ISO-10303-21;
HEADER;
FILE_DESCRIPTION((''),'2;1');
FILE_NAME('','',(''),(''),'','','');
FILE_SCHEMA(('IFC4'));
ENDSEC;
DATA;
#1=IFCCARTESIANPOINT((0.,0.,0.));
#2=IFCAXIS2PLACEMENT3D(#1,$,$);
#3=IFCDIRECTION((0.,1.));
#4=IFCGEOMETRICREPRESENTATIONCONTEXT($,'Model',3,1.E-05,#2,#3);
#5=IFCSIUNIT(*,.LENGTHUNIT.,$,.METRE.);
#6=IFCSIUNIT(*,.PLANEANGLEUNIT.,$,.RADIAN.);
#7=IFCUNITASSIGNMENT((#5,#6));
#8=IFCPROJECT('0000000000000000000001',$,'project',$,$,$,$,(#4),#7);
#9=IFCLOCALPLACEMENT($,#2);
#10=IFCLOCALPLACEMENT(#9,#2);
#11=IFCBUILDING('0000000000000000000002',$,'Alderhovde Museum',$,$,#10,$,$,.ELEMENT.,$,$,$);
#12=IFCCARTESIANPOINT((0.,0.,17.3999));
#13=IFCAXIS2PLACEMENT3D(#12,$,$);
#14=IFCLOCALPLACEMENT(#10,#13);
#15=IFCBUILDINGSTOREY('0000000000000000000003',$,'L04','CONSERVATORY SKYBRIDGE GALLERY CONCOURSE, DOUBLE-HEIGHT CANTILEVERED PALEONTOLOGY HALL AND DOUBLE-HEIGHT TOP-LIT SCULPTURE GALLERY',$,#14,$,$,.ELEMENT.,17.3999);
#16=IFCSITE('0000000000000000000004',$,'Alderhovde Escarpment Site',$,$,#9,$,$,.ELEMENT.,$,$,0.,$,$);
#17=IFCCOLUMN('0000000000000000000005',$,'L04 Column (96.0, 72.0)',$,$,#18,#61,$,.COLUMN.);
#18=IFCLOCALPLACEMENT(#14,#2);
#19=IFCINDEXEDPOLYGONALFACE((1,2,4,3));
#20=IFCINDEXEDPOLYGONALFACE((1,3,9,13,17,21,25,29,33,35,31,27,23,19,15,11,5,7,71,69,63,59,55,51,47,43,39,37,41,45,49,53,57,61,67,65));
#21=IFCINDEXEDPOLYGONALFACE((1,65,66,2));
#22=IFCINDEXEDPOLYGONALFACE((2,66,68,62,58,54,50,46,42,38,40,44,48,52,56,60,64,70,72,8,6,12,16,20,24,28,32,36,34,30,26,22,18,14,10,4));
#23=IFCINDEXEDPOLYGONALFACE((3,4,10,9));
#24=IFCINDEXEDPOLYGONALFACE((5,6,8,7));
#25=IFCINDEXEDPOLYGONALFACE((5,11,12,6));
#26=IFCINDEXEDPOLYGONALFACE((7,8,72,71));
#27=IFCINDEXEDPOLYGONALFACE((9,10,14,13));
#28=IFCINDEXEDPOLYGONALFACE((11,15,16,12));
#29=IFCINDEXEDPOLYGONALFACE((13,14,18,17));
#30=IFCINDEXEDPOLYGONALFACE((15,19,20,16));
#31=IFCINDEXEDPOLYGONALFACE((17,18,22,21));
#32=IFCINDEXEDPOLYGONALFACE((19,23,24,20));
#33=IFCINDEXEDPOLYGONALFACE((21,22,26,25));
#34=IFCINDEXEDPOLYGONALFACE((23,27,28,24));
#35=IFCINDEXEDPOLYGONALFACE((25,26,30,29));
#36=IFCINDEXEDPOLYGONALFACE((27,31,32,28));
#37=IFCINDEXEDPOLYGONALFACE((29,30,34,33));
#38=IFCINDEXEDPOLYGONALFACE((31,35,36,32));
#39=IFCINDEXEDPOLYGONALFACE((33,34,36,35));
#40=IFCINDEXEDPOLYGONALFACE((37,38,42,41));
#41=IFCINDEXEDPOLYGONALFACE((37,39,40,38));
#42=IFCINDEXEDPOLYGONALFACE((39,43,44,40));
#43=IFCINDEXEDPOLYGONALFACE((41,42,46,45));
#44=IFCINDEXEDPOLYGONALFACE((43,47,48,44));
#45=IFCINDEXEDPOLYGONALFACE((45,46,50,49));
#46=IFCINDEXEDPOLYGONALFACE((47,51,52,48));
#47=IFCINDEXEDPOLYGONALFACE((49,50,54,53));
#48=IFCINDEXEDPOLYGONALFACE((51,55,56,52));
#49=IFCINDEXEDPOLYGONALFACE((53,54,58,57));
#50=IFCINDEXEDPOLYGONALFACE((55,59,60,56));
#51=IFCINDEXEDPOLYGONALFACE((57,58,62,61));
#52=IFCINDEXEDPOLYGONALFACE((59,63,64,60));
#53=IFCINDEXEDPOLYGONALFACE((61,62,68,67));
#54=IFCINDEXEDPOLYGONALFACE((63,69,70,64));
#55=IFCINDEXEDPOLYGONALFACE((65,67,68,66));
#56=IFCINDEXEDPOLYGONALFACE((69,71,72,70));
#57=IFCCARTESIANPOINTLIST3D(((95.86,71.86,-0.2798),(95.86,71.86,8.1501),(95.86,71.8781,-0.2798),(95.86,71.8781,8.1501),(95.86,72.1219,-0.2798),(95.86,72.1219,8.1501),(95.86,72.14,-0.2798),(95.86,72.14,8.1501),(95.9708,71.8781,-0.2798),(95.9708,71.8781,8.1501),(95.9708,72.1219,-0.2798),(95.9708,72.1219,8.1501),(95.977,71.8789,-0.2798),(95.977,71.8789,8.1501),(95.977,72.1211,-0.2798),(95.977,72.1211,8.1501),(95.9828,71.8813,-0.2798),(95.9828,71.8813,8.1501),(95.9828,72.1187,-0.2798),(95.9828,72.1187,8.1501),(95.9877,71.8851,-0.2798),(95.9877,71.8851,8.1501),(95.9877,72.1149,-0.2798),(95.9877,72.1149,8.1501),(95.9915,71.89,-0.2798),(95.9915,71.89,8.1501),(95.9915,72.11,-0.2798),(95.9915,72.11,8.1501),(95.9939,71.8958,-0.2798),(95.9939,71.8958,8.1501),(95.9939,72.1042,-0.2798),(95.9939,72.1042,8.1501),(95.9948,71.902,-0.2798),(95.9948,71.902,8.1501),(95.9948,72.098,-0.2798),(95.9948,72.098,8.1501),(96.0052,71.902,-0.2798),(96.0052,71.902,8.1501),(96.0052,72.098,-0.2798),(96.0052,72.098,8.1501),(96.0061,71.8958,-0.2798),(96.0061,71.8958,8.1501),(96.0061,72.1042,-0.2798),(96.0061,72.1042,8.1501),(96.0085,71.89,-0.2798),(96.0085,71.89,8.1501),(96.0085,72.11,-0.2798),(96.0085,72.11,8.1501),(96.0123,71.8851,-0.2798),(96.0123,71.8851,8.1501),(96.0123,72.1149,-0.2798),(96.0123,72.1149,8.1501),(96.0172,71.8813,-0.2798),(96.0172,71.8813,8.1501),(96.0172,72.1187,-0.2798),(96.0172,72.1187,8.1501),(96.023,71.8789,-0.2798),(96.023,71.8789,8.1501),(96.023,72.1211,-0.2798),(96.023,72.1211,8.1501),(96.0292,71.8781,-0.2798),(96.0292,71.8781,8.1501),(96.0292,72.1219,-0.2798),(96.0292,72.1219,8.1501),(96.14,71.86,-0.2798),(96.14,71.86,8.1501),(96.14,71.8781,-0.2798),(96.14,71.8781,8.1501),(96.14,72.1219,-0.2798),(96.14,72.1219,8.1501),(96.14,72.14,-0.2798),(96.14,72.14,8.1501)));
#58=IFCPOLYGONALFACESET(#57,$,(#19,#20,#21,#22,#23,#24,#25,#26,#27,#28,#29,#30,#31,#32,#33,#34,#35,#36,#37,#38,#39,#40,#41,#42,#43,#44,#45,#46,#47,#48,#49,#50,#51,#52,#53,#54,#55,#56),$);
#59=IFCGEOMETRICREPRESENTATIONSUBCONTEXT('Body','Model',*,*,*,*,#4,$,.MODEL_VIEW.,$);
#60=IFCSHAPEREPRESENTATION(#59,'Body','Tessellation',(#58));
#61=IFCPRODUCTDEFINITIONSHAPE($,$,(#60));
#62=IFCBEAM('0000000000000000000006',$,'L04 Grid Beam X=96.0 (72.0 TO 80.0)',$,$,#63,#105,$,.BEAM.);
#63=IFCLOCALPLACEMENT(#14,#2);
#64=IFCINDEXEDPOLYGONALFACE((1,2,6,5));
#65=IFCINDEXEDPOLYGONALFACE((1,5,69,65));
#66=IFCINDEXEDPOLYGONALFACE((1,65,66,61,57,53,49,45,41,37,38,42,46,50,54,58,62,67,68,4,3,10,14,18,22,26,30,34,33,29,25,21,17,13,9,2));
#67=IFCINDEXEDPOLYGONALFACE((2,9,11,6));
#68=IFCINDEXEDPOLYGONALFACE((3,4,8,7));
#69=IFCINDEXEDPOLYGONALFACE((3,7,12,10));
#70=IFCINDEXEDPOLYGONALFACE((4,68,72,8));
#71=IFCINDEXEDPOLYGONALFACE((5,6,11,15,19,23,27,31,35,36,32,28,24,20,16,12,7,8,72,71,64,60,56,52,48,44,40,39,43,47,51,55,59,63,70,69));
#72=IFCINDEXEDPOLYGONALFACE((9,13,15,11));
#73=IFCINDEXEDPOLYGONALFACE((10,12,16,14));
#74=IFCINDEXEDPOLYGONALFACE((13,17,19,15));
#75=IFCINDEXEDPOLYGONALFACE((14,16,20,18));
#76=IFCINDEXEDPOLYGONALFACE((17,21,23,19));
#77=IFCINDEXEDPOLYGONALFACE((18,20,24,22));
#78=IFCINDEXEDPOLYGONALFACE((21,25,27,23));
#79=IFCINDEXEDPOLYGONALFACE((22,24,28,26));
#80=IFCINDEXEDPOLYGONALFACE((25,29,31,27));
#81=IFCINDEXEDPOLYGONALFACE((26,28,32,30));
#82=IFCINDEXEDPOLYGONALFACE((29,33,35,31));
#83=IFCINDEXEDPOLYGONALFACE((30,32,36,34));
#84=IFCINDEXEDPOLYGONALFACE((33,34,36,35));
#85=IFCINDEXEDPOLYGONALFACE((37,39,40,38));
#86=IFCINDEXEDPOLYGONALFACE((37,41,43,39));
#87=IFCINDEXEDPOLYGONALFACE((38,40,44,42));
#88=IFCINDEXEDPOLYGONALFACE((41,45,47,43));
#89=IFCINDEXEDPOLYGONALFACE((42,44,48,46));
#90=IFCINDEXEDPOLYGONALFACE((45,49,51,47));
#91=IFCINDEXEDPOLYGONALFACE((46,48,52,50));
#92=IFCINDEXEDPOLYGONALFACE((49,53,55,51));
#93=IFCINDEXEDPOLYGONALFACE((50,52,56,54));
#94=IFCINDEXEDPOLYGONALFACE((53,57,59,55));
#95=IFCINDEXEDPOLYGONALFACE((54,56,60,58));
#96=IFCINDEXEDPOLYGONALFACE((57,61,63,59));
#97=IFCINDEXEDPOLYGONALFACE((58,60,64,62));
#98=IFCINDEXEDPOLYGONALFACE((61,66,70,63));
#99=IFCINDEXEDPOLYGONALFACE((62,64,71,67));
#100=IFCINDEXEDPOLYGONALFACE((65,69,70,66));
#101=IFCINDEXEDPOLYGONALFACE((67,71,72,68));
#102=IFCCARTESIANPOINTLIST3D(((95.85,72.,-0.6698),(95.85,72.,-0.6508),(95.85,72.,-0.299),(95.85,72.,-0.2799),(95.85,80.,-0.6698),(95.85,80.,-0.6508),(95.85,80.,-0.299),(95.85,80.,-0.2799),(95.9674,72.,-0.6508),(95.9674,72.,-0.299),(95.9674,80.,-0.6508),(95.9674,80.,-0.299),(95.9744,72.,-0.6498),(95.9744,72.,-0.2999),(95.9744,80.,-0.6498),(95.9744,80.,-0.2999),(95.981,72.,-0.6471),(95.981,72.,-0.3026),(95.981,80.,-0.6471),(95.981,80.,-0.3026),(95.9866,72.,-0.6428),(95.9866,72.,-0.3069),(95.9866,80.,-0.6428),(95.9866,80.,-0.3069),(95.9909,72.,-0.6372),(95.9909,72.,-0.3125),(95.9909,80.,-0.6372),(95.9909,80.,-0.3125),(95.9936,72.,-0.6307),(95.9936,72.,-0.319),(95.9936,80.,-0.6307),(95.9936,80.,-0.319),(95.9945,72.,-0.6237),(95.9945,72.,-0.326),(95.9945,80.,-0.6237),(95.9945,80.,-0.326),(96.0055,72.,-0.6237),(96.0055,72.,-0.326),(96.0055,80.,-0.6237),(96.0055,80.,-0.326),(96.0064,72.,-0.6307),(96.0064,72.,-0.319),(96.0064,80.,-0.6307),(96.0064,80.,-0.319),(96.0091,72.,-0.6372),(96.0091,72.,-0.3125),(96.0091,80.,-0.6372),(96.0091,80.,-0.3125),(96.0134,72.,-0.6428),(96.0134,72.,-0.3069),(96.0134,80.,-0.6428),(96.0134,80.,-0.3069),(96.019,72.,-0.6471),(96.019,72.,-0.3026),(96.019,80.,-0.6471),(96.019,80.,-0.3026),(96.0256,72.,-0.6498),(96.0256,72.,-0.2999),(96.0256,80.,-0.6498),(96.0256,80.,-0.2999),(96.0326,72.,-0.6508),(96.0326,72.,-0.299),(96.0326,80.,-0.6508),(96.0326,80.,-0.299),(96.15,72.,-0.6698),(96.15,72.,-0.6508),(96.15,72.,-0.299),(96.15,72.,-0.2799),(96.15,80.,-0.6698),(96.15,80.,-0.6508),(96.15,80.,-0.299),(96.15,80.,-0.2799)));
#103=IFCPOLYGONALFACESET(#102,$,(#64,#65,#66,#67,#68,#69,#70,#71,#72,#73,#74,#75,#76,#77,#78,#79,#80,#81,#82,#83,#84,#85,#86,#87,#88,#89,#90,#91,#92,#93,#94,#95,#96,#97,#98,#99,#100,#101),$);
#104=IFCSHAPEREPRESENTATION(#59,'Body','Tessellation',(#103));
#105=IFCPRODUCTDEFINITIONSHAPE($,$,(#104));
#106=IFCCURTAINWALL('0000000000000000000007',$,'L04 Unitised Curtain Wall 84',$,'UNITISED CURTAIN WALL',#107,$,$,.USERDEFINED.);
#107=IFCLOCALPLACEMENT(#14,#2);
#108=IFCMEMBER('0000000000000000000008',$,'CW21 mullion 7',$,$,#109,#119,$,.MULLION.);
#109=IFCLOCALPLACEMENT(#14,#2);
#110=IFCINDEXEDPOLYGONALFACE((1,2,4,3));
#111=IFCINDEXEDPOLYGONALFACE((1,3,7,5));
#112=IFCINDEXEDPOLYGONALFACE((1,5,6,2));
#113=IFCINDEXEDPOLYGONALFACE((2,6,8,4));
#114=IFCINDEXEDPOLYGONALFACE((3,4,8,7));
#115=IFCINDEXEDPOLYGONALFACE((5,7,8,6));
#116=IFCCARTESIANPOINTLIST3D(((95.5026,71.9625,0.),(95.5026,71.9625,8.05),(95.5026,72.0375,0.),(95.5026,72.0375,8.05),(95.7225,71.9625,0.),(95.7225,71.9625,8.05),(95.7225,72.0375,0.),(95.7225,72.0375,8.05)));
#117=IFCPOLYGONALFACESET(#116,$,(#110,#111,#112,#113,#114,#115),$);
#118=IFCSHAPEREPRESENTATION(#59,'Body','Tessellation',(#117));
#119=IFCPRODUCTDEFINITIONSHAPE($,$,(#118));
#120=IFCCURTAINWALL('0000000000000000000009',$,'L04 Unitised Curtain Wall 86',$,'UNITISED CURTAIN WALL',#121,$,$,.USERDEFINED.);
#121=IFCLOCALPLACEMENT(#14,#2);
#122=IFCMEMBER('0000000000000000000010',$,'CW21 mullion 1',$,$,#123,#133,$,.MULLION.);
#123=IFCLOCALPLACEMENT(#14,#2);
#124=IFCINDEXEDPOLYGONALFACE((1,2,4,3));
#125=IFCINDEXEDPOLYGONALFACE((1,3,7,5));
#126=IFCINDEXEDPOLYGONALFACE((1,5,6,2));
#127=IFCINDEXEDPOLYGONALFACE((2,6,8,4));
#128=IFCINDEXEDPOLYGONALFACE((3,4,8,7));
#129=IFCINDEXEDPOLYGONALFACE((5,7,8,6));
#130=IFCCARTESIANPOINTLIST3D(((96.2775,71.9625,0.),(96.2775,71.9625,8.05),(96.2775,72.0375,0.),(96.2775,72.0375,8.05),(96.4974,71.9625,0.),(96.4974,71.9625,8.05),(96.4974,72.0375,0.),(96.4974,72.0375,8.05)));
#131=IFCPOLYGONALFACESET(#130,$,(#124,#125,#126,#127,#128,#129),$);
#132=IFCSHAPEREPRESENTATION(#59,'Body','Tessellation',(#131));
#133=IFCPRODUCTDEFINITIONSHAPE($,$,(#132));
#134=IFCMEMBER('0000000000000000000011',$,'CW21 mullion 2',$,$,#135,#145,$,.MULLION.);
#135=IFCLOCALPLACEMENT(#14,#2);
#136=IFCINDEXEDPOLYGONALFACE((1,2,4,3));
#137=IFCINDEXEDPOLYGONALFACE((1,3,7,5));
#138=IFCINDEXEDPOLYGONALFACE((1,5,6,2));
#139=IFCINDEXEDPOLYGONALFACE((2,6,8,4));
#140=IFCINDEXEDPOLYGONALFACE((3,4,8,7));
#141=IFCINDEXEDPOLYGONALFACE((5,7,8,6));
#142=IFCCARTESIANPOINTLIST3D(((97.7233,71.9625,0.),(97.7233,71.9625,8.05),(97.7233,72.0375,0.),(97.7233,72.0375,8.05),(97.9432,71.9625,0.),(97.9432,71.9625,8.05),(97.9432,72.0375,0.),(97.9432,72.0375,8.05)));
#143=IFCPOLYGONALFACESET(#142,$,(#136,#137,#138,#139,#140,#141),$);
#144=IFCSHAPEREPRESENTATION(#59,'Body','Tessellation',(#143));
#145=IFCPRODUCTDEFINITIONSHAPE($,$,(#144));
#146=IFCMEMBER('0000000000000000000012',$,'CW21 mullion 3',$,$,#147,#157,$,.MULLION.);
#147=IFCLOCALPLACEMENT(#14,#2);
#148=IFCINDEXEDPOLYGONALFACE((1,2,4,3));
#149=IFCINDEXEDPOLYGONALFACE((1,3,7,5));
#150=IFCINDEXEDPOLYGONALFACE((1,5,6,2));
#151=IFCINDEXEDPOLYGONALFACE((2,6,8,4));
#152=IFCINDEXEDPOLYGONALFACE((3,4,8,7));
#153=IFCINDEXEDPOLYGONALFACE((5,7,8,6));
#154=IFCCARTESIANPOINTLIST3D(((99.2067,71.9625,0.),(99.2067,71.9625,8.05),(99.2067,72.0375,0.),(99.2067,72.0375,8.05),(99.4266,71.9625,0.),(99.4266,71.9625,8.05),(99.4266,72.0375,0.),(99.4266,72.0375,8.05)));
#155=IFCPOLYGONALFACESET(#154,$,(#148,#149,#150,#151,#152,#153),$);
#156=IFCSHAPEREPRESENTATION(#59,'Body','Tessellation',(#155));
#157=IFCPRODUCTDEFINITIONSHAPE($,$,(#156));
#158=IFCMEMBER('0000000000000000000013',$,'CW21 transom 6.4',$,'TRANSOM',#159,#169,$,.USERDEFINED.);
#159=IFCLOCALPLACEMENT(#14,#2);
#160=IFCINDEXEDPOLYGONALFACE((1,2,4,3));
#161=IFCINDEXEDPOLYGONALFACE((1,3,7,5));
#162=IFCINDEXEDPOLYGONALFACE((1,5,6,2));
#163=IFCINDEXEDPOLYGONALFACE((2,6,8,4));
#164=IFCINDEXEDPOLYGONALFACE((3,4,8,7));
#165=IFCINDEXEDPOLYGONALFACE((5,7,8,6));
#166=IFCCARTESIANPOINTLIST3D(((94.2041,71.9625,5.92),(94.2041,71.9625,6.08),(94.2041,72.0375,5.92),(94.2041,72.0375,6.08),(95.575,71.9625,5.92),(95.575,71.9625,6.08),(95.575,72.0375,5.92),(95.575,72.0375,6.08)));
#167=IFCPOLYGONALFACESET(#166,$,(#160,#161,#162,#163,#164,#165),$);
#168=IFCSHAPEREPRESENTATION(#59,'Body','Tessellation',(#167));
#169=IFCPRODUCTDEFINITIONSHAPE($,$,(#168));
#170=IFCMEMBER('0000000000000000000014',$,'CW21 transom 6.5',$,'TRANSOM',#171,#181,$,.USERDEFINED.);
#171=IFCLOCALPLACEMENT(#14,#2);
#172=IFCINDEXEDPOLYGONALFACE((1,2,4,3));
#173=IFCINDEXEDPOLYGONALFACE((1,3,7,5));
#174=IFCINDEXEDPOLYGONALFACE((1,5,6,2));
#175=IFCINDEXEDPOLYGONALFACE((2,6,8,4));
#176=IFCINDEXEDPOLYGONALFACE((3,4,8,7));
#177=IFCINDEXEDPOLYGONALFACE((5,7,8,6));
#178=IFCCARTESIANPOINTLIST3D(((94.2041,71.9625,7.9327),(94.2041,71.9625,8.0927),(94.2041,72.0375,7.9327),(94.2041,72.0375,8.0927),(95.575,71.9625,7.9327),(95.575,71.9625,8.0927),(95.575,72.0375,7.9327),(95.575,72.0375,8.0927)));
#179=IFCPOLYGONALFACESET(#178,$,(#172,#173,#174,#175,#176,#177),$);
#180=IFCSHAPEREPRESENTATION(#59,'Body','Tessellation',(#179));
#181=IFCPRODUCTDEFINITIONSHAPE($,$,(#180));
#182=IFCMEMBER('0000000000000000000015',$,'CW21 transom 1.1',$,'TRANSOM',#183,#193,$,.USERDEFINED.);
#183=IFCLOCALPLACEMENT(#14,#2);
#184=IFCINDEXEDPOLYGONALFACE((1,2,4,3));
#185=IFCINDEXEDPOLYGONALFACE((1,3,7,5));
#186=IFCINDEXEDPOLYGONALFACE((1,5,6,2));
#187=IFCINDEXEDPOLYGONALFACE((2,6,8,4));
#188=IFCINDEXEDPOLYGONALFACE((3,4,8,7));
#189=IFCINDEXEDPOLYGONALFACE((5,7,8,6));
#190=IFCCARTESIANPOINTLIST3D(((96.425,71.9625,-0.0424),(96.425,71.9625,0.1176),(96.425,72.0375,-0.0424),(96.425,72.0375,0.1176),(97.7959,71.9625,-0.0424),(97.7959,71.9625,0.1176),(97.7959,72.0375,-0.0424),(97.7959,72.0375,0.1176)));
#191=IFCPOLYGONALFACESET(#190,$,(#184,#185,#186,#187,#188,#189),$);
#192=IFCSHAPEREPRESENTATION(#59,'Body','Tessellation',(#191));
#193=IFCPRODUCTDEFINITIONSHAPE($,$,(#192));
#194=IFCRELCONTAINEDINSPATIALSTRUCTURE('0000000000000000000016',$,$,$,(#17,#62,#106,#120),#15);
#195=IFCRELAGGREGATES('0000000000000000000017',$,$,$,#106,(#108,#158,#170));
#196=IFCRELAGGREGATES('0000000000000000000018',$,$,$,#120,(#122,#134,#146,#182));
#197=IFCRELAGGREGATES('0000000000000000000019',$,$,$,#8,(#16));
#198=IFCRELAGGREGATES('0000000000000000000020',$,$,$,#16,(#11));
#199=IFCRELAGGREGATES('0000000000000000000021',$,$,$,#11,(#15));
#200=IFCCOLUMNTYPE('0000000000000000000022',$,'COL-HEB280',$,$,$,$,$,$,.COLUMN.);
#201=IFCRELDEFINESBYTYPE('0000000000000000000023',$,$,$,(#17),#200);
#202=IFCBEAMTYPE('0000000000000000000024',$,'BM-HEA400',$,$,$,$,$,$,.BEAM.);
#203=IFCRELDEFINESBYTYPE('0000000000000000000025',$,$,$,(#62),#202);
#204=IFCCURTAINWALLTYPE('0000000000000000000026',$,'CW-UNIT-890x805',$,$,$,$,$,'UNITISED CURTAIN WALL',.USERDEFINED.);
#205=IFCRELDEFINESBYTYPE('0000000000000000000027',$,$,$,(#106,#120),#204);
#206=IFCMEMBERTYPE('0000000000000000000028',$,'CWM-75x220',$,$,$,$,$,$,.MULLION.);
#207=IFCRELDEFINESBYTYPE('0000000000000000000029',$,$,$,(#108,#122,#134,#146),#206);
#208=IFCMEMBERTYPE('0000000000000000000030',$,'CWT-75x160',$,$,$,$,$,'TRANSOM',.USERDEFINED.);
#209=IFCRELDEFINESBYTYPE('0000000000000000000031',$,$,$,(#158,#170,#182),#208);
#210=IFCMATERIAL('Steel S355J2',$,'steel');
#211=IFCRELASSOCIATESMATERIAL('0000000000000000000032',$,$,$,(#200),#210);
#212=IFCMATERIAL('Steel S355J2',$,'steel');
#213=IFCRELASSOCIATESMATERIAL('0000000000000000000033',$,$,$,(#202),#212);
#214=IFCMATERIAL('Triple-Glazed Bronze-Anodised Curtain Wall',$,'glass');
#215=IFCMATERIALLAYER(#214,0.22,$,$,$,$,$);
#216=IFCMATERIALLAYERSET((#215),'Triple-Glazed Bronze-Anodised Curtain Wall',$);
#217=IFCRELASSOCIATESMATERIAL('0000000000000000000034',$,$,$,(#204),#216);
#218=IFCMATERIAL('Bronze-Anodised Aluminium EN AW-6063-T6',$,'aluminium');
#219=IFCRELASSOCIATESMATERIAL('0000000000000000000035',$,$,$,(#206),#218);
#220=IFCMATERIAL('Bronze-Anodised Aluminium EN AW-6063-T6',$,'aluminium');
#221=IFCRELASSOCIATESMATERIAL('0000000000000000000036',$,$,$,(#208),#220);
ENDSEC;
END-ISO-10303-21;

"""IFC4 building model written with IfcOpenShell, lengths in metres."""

from ifc_helpers import new_model, si_unit, direction, frame, origin, origin_2d, place, context, subcontext, project, spatial, rectangle, i_section, extrude, material, layer, layer_set, material_profile, profile_set, type_object, element, aggregate, save


model = new_model("IFC4")

# Units and contexts
model_context = context("Model", 3, precision=1e-05, world=origin(), true_north=direction((0.0, 1.0)))
body_context = subcontext(model_context, "Body", "Model", "MODEL_VIEW")
ifc_project = project(units=[si_unit("LENGTHUNIT", "METRE"), si_unit("PLANEANGLEUNIT", "RADIAN")], contexts=[model_context])

# Site, building, storey
site_placement = place(None, origin())
site = spatial("IfcSite", under=ifc_project, at=site_placement, Name="Alderhovde Escarpment Site", CompositionType="ELEMENT", RefElevation=0.0)
building_placement = place(site_placement, origin())
building = spatial("IfcBuilding", under=site, at=building_placement, Name="Alderhovde Museum", CompositionType="ELEMENT")
storey_placement = place(building_placement, frame((0.0, 0.0, 17.3999)))
storey = spatial("IfcBuildingStorey", under=building, at=storey_placement, Name="L04", Description="CONSERVATORY SKYBRIDGE GALLERY CONCOURSE, DOUBLE-HEIGHT CANTILEVERED PALEONTOLOGY HALL AND DOUBLE-HEIGHT TOP-LIT SCULPTURE GALLERY", CompositionType="ELEMENT", Elevation=17.3999)

# Column
ifc_material_1 = material(Name="Steel S355J2", Category="steel")
ifc_material_profile_1 = material_profile(ifc_material_1, i_section(OverallWidth=0.28, OverallDepth=0.28, WebThickness=0.0105, FlangeThickness=0.0181, FilletRadius=0.0239, at=origin_2d()), Name="HEB 280")
ifc_profile_set_1 = profile_set([ifc_material_profile_1], Name="Steel S355J2")
column_type = type_object("IfcColumnType", Name="COL-HEB280", PredefinedType="COLUMN", material=ifc_profile_set_1)
column_placement = place(storey_placement, frame((96.0, 72.0, -0.2798), z_axis=(0.0, 0.0, 1.0), x_axis=(1.0, 0.0, 0.0)))
element("IfcColumn", 1, at=column_placement, inside=storey, type_object=column_type, Name="L04 Column (96.0, 72.0)", PredefinedType="COLUMN", context=body_context, shape_type="SweptSolid", body=[
    extrude(i_section(OverallWidth=0.28, OverallDepth=0.28, WebThickness=0.0105, FlangeThickness=0.0181, FilletRadius=0.0239, at=origin_2d()), origin(), (0.0, 0.0, 1.0), 8.4299),
])

# Beam
ifc_material_2 = material(Name="Steel S355J2", Category="steel")
ifc_material_profile_2 = material_profile(ifc_material_2, i_section(OverallWidth=0.3, OverallDepth=0.3899, WebThickness=0.011, FlangeThickness=0.019, FilletRadius=0.0271, at=origin_2d()), Name="HEA 400")
ifc_profile_set_2 = profile_set([ifc_material_profile_2], Name="Steel S355J2")
beam_type_1 = type_object("IfcBeamType", Name="BM-HEA400", PredefinedType="BEAM", material=ifc_profile_set_2)
beam_1_placement = place(storey_placement, frame((96.0, 72.0, -0.4749), z_axis=(0.0, 1.0, 0.0), x_axis=(-1.0, 0.0, 0.0)))
element("IfcBeam", 2, at=beam_1_placement, inside=storey, type_object=beam_type_1, Name="L04 Grid Beam X=96.0 (72.0 TO 80.0)", PredefinedType="BEAM", context=body_context, shape_type="SweptSolid", body=[
    extrude(i_section(OverallWidth=0.3, OverallDepth=0.3899, WebThickness=0.011, FlangeThickness=0.019, FilletRadius=0.0271, at=origin_2d()), origin(), (0.0, 0.0, 1.0), 8.0),
])

# Curtain wall, member
ifc_material_3 = material(Name="Triple-Glazed Bronze-Anodised Curtain Wall", Category="glass")
ifc_layer_1 = layer(ifc_material_3, 0.22)
ifc_layer_set_1 = layer_set([ifc_layer_1], Name="Triple-Glazed Bronze-Anodised Curtain Wall")
curtain_wall_type = type_object("IfcCurtainWallType", Name="CW-UNIT-890x805", ElementType="UNITISED CURTAIN WALL", PredefinedType="USERDEFINED", material=ifc_layer_set_1)
curtain_wall_1_placement = place(storey_placement, origin())
curtain_wall_1 = element("IfcCurtainWall", 3, at=curtain_wall_1_placement, inside=storey, type_object=curtain_wall_type, Name="L04 Unitised Curtain Wall 84", ObjectType="UNITISED CURTAIN WALL", PredefinedType="USERDEFINED")
ifc_material_4 = material(Name="Bronze-Anodised Aluminium EN AW-6063-T6", Category="aluminium")
ifc_material_profile_3 = material_profile(ifc_material_4, rectangle(XDim=0.075, YDim=0.22, at=origin_2d()), Name="MULLION 75x220")
ifc_profile_set_3 = profile_set([ifc_material_profile_3], Name="Bronze-Anodised Aluminium EN AW-6063-T6")
member_type_1 = type_object("IfcMemberType", Name="CWM-75x220", PredefinedType="MULLION", material=ifc_profile_set_3)
member_1_placement = place(storey_placement, frame((95.6125, 72.0, 0.0), z_axis=(0.0, 0.0, 1.0), x_axis=(0.0, 1.0, 0.0)))
member_1 = element("IfcMember", 4, at=member_1_placement, type_object=member_type_1, Name="CW21 mullion 7", PredefinedType="MULLION", context=body_context, shape_type="SweptSolid", body=[
    extrude(rectangle(XDim=0.075, YDim=0.22, at=origin_2d()), origin(), (0.0, 0.0, 1.0), 8.05),
])

# Curtain wall, members
curtain_wall_2_placement = place(storey_placement, origin())
curtain_wall_2 = element("IfcCurtainWall", 5, at=curtain_wall_2_placement, inside=storey, type_object=curtain_wall_type, Name="L04 Unitised Curtain Wall 86", ObjectType="UNITISED CURTAIN WALL", PredefinedType="USERDEFINED")
member_2_placement = place(storey_placement, frame((96.3875, 72.0, 0.0), z_axis=(0.0, 0.0, 1.0), x_axis=(0.0, 1.0, 0.0)))
member_2 = element("IfcMember", 6, at=member_2_placement, type_object=member_type_1, Name="CW21 mullion 1", PredefinedType="MULLION", context=body_context, shape_type="SweptSolid", body=[
    extrude(rectangle(XDim=0.075, YDim=0.22, at=origin_2d()), origin(), (0.0, 0.0, 1.0), 8.05),
])
member_3_placement = place(storey_placement, frame((97.8333, 72.0, 0.0), z_axis=(0.0, 0.0, 1.0), x_axis=(0.0, 1.0, 0.0)))
member_3 = element("IfcMember", 7, at=member_3_placement, type_object=member_type_1, Name="CW21 mullion 2", PredefinedType="MULLION", context=body_context, shape_type="SweptSolid", body=[
    extrude(rectangle(XDim=0.075, YDim=0.22, at=origin_2d()), origin(), (0.0, 0.0, 1.0), 8.05),
])
member_4_placement = place(storey_placement, frame((99.3167, 72.0, 0.0), z_axis=(0.0, 0.0, 1.0), x_axis=(0.0, 1.0, 0.0)))
member_4 = element("IfcMember", 8, at=member_4_placement, type_object=member_type_1, Name="CW21 mullion 3", PredefinedType="MULLION", context=body_context, shape_type="SweptSolid", body=[
    extrude(rectangle(XDim=0.075, YDim=0.22, at=origin_2d()), origin(), (0.0, 0.0, 1.0), 8.05),
])

# Members
ifc_material_5 = material(Name="Bronze-Anodised Aluminium EN AW-6063-T6", Category="aluminium")
ifc_material_profile_4 = material_profile(ifc_material_5, rectangle(XDim=0.075, YDim=0.1599, at=origin_2d()), Name="TRANSOM 75x160")
ifc_profile_set_4 = profile_set([ifc_material_profile_4], Name="Bronze-Anodised Aluminium EN AW-6063-T6")
member_type_2 = type_object("IfcMemberType", Name="CWT-75x160", ElementType="TRANSOM", PredefinedType="USERDEFINED", material=ifc_profile_set_4)
member_5_placement = place(storey_placement, frame((94.2041, 72.0, 6.0), z_axis=(1.0, 0.0, 0.0), x_axis=(0.0, 1.0, 0.0)))
member_5 = element("IfcMember", 9, at=member_5_placement, type_object=member_type_2, Name="CW21 transom 6.4", ObjectType="TRANSOM", PredefinedType="USERDEFINED", context=body_context, shape_type="SweptSolid", body=[
    extrude(rectangle(XDim=0.075, YDim=0.1599, at=origin_2d()), origin(), (0.0, 0.0, 1.0), 1.3708),
])
member_6_placement = place(storey_placement, frame((94.2041, 72.0, 8.0127), z_axis=(1.0, 0.0, 0.0), x_axis=(0.0, 1.0, 0.0)))
member_6 = element("IfcMember", 10, at=member_6_placement, type_object=member_type_2, Name="CW21 transom 6.5", ObjectType="TRANSOM", PredefinedType="USERDEFINED", context=body_context, shape_type="SweptSolid", body=[
    extrude(rectangle(XDim=0.075, YDim=0.1599, at=origin_2d()), origin(), (0.0, 0.0, 1.0), 1.3708),
])
member_7_placement = place(storey_placement, frame((96.425, 72.0, 0.0376), z_axis=(1.0, 0.0, 0.0), x_axis=(0.0, 1.0, 0.0)))
member_7 = element("IfcMember", 11, at=member_7_placement, type_object=member_type_2, Name="CW21 transom 1.1", ObjectType="TRANSOM", PredefinedType="USERDEFINED", context=body_context, shape_type="SweptSolid", body=[
    extrude(rectangle(XDim=0.075, YDim=0.1599, at=origin_2d()), origin(), (0.0, 0.0, 1.0), 1.3708),
])

aggregate(curtain_wall_1, [member_1, member_5, member_6])
aggregate(curtain_wall_2, [member_2, member_3, member_4, member_7])

save(model, "model.ifc")
